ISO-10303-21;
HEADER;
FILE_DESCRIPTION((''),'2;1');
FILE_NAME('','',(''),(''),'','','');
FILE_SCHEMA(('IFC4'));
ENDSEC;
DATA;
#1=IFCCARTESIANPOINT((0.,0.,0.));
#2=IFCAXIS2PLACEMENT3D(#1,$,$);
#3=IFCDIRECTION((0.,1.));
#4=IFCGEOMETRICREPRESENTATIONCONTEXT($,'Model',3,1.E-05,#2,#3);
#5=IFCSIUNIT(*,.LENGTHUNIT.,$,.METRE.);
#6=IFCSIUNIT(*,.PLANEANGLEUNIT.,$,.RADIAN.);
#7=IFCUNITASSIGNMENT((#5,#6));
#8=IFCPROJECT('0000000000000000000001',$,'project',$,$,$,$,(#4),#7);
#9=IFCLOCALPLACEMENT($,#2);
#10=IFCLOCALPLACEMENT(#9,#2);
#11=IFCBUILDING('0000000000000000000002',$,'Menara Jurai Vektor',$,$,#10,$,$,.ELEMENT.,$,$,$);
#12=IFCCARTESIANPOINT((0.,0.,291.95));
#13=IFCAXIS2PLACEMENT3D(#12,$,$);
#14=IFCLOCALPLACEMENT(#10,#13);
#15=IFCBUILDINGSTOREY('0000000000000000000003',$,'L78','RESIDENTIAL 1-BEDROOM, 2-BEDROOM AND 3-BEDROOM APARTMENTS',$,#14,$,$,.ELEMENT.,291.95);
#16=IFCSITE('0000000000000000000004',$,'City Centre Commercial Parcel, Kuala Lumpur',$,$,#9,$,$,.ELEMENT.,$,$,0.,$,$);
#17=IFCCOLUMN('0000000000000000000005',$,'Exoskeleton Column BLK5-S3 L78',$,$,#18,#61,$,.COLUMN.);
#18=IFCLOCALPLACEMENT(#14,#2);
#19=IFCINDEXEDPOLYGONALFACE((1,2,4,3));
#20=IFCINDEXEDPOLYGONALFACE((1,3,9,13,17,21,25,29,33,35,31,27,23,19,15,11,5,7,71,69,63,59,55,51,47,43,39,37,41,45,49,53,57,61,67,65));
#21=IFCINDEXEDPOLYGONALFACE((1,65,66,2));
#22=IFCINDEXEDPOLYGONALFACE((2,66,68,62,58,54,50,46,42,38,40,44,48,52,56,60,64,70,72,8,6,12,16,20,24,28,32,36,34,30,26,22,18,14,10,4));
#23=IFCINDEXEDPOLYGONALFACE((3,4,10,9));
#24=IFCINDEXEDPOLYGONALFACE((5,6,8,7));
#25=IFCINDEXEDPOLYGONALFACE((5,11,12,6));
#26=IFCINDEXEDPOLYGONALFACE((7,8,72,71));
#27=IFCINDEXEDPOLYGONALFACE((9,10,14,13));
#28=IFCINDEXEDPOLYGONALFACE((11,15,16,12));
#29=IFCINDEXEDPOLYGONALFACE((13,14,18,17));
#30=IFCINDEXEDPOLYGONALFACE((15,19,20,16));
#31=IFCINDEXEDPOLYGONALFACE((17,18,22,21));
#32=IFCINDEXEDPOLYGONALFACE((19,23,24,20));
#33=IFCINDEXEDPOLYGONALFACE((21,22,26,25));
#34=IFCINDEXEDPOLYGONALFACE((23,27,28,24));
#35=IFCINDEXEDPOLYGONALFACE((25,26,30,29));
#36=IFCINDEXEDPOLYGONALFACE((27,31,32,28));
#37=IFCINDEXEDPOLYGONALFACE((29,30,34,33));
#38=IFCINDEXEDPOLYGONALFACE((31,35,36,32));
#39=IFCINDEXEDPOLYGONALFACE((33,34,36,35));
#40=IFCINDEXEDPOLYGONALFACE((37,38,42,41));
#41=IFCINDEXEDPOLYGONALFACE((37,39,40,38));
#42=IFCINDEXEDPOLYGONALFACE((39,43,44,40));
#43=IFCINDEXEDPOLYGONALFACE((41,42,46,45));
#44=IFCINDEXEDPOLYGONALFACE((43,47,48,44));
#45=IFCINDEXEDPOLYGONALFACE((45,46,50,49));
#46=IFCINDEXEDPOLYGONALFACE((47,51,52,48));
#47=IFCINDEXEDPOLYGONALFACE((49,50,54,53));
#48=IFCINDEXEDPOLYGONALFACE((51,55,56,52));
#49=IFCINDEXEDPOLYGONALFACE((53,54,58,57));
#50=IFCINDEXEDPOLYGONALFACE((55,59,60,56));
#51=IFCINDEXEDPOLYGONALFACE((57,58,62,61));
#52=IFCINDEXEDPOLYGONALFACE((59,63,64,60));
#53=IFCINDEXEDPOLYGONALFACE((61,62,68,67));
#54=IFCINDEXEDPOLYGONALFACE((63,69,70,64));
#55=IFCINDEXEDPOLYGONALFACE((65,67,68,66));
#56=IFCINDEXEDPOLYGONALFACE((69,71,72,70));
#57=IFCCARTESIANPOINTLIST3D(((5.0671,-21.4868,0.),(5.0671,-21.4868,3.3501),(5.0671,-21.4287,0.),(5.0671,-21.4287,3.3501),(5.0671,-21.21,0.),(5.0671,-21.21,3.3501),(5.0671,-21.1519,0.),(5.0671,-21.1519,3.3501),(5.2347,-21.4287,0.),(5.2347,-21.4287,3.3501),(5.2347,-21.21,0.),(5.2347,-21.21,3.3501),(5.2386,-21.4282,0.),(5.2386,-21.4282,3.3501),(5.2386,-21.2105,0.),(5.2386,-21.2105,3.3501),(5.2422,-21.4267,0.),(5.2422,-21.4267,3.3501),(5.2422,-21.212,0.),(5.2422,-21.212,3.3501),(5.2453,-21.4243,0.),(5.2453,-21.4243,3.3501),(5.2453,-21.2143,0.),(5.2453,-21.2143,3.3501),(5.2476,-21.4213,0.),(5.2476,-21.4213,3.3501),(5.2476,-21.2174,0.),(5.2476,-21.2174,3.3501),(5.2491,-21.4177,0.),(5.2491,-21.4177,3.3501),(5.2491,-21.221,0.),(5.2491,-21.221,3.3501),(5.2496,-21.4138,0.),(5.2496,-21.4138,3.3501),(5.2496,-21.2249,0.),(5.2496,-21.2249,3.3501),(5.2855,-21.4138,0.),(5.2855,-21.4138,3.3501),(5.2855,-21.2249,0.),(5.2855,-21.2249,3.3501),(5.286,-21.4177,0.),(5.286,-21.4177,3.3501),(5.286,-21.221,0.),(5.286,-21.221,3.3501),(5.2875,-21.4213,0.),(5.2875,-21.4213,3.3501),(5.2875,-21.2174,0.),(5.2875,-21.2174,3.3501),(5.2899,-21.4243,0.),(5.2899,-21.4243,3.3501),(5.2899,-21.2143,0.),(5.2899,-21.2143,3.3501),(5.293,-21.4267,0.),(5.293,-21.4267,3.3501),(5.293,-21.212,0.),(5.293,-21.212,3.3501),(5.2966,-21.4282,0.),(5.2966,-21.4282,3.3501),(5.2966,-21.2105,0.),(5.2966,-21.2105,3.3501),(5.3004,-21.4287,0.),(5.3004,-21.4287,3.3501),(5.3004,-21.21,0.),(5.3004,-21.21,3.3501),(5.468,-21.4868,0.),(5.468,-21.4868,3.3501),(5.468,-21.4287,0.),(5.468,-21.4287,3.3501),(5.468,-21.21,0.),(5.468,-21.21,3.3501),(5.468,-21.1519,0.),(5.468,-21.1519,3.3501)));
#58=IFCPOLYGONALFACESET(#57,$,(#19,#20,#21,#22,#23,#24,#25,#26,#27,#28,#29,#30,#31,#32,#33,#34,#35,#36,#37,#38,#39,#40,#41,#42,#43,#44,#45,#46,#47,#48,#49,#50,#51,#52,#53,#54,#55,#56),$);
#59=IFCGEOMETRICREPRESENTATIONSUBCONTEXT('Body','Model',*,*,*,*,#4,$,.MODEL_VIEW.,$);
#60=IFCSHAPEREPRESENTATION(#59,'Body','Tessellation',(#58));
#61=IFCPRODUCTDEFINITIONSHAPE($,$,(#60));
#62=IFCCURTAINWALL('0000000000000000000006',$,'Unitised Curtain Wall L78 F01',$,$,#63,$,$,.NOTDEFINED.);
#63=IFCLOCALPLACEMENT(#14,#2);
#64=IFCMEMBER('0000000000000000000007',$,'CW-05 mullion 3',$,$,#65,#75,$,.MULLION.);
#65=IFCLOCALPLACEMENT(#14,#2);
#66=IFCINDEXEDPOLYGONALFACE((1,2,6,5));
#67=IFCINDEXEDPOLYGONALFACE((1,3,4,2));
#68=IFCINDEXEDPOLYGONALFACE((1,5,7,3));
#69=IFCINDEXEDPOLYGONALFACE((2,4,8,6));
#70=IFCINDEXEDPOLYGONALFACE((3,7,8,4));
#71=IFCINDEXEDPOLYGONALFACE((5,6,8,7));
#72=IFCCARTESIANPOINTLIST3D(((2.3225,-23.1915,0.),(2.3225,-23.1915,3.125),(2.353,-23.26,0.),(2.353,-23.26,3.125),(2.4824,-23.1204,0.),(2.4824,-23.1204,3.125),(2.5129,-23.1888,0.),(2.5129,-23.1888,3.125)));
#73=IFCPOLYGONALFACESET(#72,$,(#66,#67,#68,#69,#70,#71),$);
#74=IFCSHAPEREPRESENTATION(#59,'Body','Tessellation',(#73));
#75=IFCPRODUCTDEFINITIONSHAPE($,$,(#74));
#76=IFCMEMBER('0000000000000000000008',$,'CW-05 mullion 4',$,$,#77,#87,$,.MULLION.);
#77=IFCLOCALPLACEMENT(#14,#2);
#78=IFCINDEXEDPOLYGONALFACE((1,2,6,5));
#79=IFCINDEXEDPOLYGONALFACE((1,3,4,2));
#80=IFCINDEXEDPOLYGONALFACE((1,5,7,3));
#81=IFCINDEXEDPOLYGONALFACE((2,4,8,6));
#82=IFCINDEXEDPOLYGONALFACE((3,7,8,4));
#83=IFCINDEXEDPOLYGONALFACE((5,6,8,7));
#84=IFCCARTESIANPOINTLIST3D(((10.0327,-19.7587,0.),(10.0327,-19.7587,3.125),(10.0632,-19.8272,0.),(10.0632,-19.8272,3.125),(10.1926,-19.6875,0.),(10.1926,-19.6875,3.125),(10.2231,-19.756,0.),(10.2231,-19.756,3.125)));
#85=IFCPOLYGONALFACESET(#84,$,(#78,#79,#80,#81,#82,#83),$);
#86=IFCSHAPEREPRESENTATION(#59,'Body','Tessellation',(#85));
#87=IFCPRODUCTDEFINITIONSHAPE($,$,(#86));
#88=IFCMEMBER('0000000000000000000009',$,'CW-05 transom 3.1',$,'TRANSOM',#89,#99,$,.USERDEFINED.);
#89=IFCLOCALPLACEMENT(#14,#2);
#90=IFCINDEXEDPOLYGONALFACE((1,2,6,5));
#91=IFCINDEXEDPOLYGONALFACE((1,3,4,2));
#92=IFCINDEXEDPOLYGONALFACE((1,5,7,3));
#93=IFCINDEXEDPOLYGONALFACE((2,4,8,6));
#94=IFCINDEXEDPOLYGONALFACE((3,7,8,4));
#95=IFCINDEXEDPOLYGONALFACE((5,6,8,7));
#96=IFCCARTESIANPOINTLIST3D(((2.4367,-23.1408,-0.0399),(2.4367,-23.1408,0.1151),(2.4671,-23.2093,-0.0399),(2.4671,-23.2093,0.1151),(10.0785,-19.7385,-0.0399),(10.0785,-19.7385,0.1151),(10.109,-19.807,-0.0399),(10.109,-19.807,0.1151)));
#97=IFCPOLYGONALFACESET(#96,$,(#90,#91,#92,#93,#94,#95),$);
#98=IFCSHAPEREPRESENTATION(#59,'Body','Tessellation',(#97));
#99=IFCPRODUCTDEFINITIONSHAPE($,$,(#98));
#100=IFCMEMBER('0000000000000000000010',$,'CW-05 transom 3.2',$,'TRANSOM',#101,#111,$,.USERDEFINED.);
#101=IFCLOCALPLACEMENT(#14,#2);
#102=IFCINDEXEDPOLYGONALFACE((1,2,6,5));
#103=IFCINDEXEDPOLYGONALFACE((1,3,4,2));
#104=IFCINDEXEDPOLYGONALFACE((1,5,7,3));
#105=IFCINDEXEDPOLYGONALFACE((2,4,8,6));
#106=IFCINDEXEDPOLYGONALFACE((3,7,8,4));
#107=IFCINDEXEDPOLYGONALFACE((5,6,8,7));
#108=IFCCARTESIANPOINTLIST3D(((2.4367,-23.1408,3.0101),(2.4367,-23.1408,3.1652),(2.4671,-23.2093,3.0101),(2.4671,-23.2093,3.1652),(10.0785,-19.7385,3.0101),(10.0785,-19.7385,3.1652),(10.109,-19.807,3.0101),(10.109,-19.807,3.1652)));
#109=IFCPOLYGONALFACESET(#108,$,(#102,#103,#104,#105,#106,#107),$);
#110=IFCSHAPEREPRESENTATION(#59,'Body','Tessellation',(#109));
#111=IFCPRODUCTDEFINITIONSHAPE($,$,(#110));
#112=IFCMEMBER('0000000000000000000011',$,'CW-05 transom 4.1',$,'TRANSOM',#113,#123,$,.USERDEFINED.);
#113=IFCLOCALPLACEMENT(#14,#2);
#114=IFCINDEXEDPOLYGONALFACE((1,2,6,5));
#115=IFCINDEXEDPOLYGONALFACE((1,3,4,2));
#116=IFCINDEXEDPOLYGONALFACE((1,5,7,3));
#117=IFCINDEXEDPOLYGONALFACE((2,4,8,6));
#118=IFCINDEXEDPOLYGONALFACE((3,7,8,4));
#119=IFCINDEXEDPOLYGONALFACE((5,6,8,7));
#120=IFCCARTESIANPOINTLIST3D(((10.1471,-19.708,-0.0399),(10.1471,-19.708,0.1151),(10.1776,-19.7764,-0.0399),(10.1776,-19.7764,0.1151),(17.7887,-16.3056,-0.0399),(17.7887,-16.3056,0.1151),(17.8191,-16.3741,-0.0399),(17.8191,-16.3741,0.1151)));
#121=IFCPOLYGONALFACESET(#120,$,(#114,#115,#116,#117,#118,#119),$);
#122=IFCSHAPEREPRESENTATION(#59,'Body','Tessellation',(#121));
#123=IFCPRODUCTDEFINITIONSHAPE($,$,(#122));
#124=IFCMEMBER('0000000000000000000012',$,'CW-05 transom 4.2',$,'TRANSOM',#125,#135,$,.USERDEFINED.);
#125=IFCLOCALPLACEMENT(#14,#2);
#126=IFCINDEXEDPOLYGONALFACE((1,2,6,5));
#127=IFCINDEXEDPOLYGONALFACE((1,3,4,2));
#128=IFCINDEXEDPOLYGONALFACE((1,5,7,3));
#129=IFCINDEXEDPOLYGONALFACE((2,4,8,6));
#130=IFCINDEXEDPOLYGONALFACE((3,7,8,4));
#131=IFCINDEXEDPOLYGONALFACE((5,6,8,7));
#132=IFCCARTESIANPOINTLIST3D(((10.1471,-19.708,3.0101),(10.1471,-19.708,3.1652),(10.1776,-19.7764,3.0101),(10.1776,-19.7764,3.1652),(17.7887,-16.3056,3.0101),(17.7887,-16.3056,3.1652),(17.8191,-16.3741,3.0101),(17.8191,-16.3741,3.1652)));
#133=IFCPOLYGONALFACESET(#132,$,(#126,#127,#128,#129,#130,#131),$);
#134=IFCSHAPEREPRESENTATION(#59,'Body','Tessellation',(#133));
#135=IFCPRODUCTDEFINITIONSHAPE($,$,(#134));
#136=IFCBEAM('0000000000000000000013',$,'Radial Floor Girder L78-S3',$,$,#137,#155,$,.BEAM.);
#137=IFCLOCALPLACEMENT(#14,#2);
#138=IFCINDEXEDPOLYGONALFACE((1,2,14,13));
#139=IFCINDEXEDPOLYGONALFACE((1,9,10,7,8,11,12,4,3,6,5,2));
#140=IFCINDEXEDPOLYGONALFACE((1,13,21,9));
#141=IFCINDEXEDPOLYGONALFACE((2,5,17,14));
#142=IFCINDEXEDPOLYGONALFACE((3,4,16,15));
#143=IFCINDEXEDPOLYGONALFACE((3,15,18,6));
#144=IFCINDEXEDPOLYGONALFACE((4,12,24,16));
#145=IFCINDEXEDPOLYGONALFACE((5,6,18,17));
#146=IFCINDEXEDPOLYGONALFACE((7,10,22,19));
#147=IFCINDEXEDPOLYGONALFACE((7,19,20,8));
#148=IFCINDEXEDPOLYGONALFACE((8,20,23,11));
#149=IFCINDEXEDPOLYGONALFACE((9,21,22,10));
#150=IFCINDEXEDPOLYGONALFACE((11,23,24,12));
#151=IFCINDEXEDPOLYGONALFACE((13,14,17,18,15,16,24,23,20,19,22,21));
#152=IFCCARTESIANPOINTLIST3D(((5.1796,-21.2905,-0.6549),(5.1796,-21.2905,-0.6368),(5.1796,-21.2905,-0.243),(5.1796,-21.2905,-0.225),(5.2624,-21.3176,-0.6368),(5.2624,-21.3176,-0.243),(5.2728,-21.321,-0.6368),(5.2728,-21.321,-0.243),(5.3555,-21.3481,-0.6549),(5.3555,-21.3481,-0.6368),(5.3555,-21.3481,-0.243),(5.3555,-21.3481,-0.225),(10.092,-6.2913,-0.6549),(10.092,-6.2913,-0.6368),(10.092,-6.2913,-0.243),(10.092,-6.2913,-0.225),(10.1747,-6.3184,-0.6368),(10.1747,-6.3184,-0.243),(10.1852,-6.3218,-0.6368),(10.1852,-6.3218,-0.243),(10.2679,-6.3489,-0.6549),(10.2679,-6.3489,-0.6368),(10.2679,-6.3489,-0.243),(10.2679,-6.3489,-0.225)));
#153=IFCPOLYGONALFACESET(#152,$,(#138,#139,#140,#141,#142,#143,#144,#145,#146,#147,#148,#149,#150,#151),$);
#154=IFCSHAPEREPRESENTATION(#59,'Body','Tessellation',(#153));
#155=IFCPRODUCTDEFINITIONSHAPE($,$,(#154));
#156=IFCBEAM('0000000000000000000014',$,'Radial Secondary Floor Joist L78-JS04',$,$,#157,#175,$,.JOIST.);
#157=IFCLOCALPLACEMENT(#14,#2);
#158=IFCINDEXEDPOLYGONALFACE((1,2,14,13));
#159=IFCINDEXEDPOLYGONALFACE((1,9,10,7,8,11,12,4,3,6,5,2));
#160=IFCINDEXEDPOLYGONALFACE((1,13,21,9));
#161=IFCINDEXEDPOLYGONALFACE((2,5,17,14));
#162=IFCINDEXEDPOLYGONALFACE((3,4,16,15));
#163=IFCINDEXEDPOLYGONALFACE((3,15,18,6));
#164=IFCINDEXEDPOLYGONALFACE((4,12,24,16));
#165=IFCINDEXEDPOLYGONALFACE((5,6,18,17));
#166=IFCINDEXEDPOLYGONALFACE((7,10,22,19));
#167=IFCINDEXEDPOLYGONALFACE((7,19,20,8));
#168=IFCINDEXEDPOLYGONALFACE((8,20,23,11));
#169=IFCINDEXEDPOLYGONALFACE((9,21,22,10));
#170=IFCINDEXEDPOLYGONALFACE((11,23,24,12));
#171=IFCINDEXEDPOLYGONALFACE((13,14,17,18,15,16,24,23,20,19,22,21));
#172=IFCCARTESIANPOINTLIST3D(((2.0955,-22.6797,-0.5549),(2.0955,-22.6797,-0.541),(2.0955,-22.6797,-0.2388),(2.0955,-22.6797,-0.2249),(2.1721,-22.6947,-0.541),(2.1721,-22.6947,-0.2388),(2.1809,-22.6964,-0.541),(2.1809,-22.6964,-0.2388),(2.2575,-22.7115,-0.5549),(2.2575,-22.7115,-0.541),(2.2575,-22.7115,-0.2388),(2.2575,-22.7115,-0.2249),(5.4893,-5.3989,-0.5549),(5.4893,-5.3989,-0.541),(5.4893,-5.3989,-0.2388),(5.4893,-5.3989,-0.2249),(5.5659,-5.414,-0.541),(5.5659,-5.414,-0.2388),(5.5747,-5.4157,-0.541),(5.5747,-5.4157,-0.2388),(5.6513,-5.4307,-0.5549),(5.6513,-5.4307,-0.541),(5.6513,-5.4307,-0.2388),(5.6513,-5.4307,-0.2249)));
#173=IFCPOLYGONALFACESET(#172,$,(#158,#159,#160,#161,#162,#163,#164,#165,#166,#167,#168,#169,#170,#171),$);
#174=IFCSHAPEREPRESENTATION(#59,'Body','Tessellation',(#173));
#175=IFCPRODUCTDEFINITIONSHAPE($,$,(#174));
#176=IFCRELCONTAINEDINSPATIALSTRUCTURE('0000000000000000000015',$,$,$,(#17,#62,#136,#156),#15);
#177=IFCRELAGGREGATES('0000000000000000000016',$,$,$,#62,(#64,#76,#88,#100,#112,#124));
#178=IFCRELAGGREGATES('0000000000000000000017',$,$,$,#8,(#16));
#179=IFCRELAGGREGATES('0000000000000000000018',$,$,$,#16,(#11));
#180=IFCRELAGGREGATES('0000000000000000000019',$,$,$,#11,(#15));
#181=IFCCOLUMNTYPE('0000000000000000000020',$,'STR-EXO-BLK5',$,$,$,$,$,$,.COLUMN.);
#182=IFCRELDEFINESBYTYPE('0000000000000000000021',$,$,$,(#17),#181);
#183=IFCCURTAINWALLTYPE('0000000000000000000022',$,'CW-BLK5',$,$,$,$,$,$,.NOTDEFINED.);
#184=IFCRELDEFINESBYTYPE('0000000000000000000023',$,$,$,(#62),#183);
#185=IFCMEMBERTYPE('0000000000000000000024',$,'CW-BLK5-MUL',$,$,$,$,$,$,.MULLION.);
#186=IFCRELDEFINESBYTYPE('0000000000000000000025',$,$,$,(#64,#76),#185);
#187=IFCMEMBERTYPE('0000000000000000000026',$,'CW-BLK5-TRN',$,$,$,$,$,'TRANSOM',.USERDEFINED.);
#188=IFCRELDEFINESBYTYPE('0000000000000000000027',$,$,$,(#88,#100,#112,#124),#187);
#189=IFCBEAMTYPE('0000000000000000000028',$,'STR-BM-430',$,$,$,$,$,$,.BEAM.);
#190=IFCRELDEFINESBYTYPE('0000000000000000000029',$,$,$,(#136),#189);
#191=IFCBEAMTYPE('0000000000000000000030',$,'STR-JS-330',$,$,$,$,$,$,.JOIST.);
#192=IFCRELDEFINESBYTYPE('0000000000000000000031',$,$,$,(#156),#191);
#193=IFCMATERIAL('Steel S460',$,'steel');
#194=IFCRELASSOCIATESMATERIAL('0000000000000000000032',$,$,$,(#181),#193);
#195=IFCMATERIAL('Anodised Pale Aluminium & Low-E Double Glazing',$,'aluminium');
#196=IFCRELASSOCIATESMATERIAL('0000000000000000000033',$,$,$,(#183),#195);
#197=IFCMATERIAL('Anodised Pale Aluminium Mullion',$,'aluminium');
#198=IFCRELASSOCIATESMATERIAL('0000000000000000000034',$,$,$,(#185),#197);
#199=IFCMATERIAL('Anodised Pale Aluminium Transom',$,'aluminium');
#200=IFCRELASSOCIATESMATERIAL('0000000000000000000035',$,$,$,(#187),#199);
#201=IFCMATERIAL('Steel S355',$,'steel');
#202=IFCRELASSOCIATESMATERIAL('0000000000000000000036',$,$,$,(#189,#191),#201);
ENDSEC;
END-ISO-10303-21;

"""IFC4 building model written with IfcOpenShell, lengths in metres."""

from ifc_helpers import new_model, si_unit, direction, frame, origin, origin_2d, place, context, subcontext, project, spatial, rectangle, i_section, extrude, material, material_profile, profile_set, type_object, element, aggregate, save


model = new_model("IFC4")

# Units and contexts
model_context = context("Model", 3, precision=1e-05, world=origin(), true_north=direction((0.0, 1.0)))
body_context = subcontext(model_context, "Body", "Model", "MODEL_VIEW")
ifc_project = project(units=[si_unit("LENGTHUNIT", "METRE"), si_unit("PLANEANGLEUNIT", "RADIAN")], contexts=[model_context])

# Site, building, storey
site_placement = place(None, origin())
site = spatial("IfcSite", under=ifc_project, at=site_placement, Name="City Centre Commercial Parcel, Kuala Lumpur", CompositionType="ELEMENT", RefElevation=0.0)
building_placement = place(site_placement, origin())
building = spatial("IfcBuilding", under=site, at=building_placement, Name="Menara Jurai Vektor", CompositionType="ELEMENT")
storey_placement = place(building_placement, frame((0.0, 0.0, 291.95)))
storey = spatial("IfcBuildingStorey", under=building, at=storey_placement, Name="L78", Description="RESIDENTIAL 1-BEDROOM, 2-BEDROOM AND 3-BEDROOM APARTMENTS", CompositionType="ELEMENT", Elevation=291.95)

# Column
ifc_material_1 = material(Name="Steel S460", Category="steel")
ifc_material_profile_1 = material_profile(ifc_material_1, i_section(OverallWidth=0.4009, OverallDepth=0.335, WebThickness=0.0359, FlangeThickness=0.0581, FilletRadius=0.0149, at=origin_2d()), Name="HD 400x463")
ifc_profile_set_1 = profile_set([ifc_material_profile_1], Name="Steel S460")
column_type = type_object("IfcColumnType", Name="STR-EXO-BLK5", PredefinedType="COLUMN", material=ifc_profile_set_1)
column_placement = place(storey_placement, frame((5.2676, -21.3193, 0.0), z_axis=(0.0, 0.0, 1.0), x_axis=(1.0, 0.0, 0.0)))
element("IfcColumn", 1, at=column_placement, inside=storey, type_object=column_type, Name="Exoskeleton Column BLK5-S3 L78", PredefinedType="COLUMN", context=body_context, shape_type="SweptSolid", body=[
    extrude(i_section(OverallWidth=0.4009, OverallDepth=0.335, WebThickness=0.0359, FlangeThickness=0.0581, FilletRadius=0.0149, at=origin_2d()), origin(), (0.0, 0.0, 1.0), 3.3501),
])

# Curtain wall, members
ifc_material_2 = material(Name="Anodised Pale Aluminium & Low-E Double Glazing", Category="aluminium")
curtain_wall_type = type_object("IfcCurtainWallType", Name="CW-BLK5", PredefinedType="NOTDEFINED", material=ifc_material_2)
curtain_wall_placement = place(storey_placement, origin())
curtain_wall = element("IfcCurtainWall", 2, at=curtain_wall_placement, inside=storey, type_object=curtain_wall_type, Name="Unitised Curtain Wall L78 F01", PredefinedType="NOTDEFINED")
ifc_material_3 = material(Name="Anodised Pale Aluminium Mullion", Category="aluminium")
ifc_material_profile_2 = material_profile(ifc_material_3, rectangle(XDim=0.075, YDim=0.175, at=origin_2d()), Name="ALU MUL 75x175")
ifc_profile_set_2 = profile_set([ifc_material_profile_2], Name="Anodised Pale Aluminium Mullion")
member_type_1 = type_object("IfcMemberType", Name="CW-BLK5-MUL", PredefinedType="MULLION", material=ifc_profile_set_2)
member_1_placement = place(storey_placement, frame((2.4177, -23.1902, 0.0), z_axis=(0.0, 0.0, 1.0), x_axis=(-0.406735, 0.913546, 0.0)))
member_1 = element("IfcMember", 3, at=member_1_placement, type_object=member_type_1, Name="CW-05 mullion 3", PredefinedType="MULLION", context=body_context, shape_type="SweptSolid", body=[
    extrude(rectangle(XDim=0.075, YDim=0.175, at=origin_2d()), origin(), (0.0, 0.0, 1.0), 3.125),
])
member_2_placement = place(storey_placement, frame((10.1279, -19.7573, 0.0), z_axis=(0.0, 0.0, 1.0), x_axis=(-0.406735, 0.913546, 0.0)))
member_2 = element("IfcMember", 4, at=member_2_placement, type_object=member_type_1, Name="CW-05 mullion 4", PredefinedType="MULLION", context=body_context, shape_type="SweptSolid", body=[
    extrude(rectangle(XDim=0.075, YDim=0.175, at=origin_2d()), origin(), (0.0, 0.0, 1.0), 3.125),
])
ifc_material_4 = material(Name="Anodised Pale Aluminium Transom", Category="aluminium")
ifc_material_profile_3 = material_profile(ifc_material_4, rectangle(XDim=0.075, YDim=0.155, at=origin_2d()), Name="ALU TRN 75x155")
ifc_profile_set_3 = profile_set([ifc_material_profile_3], Name="Anodised Pale Aluminium Transom")
member_type_2 = type_object("IfcMemberType", Name="CW-BLK5-TRN", ElementType="TRANSOM", PredefinedType="USERDEFINED", material=ifc_profile_set_3)
member_3_placement = place(storey_placement, frame((2.4519, -23.175, 0.0376), z_axis=(0.913547, 0.406734, 0.0), x_axis=(-0.406734, 0.913547, 0.0)))
member_3 = element("IfcMember", 5, at=member_3_placement, type_object=member_type_2, Name="CW-05 transom 3.1", ObjectType="TRANSOM", PredefinedType="USERDEFINED", context=body_context, shape_type="SweptSolid", body=[
    extrude(rectangle(XDim=0.075, YDim=0.155, at=origin_2d()), origin(), (0.0, 0.0, 1.0), 8.365),
])
member_4_placement = place(storey_placement, frame((2.4519, -23.175, 3.0876), z_axis=(0.913547, 0.406734, 0.0), x_axis=(-0.406734, 0.913547, 0.0)))
member_4 = element("IfcMember", 6, at=member_4_placement, type_object=member_type_2, Name="CW-05 transom 3.2", ObjectType="TRANSOM", PredefinedType="USERDEFINED", context=body_context, shape_type="SweptSolid", body=[
    extrude(rectangle(XDim=0.075, YDim=0.155, at=origin_2d()), origin(), (0.0, 0.0, 1.0), 8.365),
])
member_5_placement = place(storey_placement, frame((10.1624, -19.7422, 0.0376), z_axis=(0.913542, 0.406745, 0.0), x_axis=(-0.406745, 0.913542, 0.0)))
member_5 = element("IfcMember", 7, at=member_5_placement, type_object=member_type_2, Name="CW-05 transom 4.1", ObjectType="TRANSOM", PredefinedType="USERDEFINED", context=body_context, shape_type="SweptSolid", body=[
    extrude(rectangle(XDim=0.075, YDim=0.155, at=origin_2d()), origin(), (0.0, 0.0, 1.0), 8.3647),
])
member_6_placement = place(storey_placement, frame((10.1624, -19.7422, 3.0876), z_axis=(0.913542, 0.406745, 0.0), x_axis=(-0.406745, 0.913542, 0.0)))
member_6 = element("IfcMember", 8, at=member_6_placement, type_object=member_type_2, Name="CW-05 transom 4.2", ObjectType="TRANSOM", PredefinedType="USERDEFINED", context=body_context, shape_type="SweptSolid", body=[
    extrude(rectangle(XDim=0.075, YDim=0.155, at=origin_2d()), origin(), (0.0, 0.0, 1.0), 8.3647),
])

# Beams
ifc_material_5 = material(Name="Steel S355", Category="steel")
ifc_material_profile_4 = material_profile(ifc_material_5, i_section(OverallWidth=0.1851, OverallDepth=0.4299, WebThickness=0.011, FlangeThickness=0.0181, at=origin_2d()), Name="PG 430x185x76")
ifc_profile_set_4 = profile_set([ifc_material_profile_4], Name="Steel S355")
beam_type_1 = type_object("IfcBeamType", Name="STR-BM-430", PredefinedType="BEAM", material=ifc_profile_set_4)
beam_1_placement = place(storey_placement, frame((5.2676, -21.3193, -0.4399), z_axis=(0.311239, 0.950332, 0.0), x_axis=(-0.950332, 0.311239, 0.0)))
element("IfcBeam", 9, at=beam_1_placement, inside=storey, type_object=beam_type_1, Name="Radial Floor Girder L78-S3", PredefinedType="BEAM", context=body_context, shape_type="SweptSolid", body=[
    extrude(i_section(OverallWidth=0.1851, OverallDepth=0.4299, WebThickness=0.011, FlangeThickness=0.0181, at=origin_2d()), origin(), (0.0, 0.0, 1.0), 15.7832),
])
ifc_material_profile_5 = material_profile(ifc_material_5, i_section(OverallWidth=0.165, OverallDepth=0.3301, WebThickness=0.009, FlangeThickness=0.0139, at=origin_2d()), Name="PG 330x165x46")
ifc_profile_set_5 = profile_set([ifc_material_profile_5], Name="Steel S355")
beam_type_2 = type_object("IfcBeamType", Name="STR-JS-330", PredefinedType="JOIST", material=ifc_profile_set_5)
beam_2_placement = place(storey_placement, frame((2.1765, -22.6956, -0.3899), z_axis=(0.192711, 0.981256, 0.0), x_axis=(-0.981256, 0.192711, 0.0)))
element("IfcBeam", 10, at=beam_2_placement, inside=storey, type_object=beam_type_2, Name="Radial Secondary Floor Joist L78-JS04", PredefinedType="JOIST", context=body_context, shape_type="SweptSolid", body=[
    extrude(i_section(OverallWidth=0.165, OverallDepth=0.3301, WebThickness=0.009, FlangeThickness=0.0139, at=origin_2d()), origin(), (0.0, 0.0, 1.0), 17.6108),
])

aggregate(curtain_wall, [member_1, member_2, member_3, member_4, member_5, member_6])

save(model, "model.ifc")
